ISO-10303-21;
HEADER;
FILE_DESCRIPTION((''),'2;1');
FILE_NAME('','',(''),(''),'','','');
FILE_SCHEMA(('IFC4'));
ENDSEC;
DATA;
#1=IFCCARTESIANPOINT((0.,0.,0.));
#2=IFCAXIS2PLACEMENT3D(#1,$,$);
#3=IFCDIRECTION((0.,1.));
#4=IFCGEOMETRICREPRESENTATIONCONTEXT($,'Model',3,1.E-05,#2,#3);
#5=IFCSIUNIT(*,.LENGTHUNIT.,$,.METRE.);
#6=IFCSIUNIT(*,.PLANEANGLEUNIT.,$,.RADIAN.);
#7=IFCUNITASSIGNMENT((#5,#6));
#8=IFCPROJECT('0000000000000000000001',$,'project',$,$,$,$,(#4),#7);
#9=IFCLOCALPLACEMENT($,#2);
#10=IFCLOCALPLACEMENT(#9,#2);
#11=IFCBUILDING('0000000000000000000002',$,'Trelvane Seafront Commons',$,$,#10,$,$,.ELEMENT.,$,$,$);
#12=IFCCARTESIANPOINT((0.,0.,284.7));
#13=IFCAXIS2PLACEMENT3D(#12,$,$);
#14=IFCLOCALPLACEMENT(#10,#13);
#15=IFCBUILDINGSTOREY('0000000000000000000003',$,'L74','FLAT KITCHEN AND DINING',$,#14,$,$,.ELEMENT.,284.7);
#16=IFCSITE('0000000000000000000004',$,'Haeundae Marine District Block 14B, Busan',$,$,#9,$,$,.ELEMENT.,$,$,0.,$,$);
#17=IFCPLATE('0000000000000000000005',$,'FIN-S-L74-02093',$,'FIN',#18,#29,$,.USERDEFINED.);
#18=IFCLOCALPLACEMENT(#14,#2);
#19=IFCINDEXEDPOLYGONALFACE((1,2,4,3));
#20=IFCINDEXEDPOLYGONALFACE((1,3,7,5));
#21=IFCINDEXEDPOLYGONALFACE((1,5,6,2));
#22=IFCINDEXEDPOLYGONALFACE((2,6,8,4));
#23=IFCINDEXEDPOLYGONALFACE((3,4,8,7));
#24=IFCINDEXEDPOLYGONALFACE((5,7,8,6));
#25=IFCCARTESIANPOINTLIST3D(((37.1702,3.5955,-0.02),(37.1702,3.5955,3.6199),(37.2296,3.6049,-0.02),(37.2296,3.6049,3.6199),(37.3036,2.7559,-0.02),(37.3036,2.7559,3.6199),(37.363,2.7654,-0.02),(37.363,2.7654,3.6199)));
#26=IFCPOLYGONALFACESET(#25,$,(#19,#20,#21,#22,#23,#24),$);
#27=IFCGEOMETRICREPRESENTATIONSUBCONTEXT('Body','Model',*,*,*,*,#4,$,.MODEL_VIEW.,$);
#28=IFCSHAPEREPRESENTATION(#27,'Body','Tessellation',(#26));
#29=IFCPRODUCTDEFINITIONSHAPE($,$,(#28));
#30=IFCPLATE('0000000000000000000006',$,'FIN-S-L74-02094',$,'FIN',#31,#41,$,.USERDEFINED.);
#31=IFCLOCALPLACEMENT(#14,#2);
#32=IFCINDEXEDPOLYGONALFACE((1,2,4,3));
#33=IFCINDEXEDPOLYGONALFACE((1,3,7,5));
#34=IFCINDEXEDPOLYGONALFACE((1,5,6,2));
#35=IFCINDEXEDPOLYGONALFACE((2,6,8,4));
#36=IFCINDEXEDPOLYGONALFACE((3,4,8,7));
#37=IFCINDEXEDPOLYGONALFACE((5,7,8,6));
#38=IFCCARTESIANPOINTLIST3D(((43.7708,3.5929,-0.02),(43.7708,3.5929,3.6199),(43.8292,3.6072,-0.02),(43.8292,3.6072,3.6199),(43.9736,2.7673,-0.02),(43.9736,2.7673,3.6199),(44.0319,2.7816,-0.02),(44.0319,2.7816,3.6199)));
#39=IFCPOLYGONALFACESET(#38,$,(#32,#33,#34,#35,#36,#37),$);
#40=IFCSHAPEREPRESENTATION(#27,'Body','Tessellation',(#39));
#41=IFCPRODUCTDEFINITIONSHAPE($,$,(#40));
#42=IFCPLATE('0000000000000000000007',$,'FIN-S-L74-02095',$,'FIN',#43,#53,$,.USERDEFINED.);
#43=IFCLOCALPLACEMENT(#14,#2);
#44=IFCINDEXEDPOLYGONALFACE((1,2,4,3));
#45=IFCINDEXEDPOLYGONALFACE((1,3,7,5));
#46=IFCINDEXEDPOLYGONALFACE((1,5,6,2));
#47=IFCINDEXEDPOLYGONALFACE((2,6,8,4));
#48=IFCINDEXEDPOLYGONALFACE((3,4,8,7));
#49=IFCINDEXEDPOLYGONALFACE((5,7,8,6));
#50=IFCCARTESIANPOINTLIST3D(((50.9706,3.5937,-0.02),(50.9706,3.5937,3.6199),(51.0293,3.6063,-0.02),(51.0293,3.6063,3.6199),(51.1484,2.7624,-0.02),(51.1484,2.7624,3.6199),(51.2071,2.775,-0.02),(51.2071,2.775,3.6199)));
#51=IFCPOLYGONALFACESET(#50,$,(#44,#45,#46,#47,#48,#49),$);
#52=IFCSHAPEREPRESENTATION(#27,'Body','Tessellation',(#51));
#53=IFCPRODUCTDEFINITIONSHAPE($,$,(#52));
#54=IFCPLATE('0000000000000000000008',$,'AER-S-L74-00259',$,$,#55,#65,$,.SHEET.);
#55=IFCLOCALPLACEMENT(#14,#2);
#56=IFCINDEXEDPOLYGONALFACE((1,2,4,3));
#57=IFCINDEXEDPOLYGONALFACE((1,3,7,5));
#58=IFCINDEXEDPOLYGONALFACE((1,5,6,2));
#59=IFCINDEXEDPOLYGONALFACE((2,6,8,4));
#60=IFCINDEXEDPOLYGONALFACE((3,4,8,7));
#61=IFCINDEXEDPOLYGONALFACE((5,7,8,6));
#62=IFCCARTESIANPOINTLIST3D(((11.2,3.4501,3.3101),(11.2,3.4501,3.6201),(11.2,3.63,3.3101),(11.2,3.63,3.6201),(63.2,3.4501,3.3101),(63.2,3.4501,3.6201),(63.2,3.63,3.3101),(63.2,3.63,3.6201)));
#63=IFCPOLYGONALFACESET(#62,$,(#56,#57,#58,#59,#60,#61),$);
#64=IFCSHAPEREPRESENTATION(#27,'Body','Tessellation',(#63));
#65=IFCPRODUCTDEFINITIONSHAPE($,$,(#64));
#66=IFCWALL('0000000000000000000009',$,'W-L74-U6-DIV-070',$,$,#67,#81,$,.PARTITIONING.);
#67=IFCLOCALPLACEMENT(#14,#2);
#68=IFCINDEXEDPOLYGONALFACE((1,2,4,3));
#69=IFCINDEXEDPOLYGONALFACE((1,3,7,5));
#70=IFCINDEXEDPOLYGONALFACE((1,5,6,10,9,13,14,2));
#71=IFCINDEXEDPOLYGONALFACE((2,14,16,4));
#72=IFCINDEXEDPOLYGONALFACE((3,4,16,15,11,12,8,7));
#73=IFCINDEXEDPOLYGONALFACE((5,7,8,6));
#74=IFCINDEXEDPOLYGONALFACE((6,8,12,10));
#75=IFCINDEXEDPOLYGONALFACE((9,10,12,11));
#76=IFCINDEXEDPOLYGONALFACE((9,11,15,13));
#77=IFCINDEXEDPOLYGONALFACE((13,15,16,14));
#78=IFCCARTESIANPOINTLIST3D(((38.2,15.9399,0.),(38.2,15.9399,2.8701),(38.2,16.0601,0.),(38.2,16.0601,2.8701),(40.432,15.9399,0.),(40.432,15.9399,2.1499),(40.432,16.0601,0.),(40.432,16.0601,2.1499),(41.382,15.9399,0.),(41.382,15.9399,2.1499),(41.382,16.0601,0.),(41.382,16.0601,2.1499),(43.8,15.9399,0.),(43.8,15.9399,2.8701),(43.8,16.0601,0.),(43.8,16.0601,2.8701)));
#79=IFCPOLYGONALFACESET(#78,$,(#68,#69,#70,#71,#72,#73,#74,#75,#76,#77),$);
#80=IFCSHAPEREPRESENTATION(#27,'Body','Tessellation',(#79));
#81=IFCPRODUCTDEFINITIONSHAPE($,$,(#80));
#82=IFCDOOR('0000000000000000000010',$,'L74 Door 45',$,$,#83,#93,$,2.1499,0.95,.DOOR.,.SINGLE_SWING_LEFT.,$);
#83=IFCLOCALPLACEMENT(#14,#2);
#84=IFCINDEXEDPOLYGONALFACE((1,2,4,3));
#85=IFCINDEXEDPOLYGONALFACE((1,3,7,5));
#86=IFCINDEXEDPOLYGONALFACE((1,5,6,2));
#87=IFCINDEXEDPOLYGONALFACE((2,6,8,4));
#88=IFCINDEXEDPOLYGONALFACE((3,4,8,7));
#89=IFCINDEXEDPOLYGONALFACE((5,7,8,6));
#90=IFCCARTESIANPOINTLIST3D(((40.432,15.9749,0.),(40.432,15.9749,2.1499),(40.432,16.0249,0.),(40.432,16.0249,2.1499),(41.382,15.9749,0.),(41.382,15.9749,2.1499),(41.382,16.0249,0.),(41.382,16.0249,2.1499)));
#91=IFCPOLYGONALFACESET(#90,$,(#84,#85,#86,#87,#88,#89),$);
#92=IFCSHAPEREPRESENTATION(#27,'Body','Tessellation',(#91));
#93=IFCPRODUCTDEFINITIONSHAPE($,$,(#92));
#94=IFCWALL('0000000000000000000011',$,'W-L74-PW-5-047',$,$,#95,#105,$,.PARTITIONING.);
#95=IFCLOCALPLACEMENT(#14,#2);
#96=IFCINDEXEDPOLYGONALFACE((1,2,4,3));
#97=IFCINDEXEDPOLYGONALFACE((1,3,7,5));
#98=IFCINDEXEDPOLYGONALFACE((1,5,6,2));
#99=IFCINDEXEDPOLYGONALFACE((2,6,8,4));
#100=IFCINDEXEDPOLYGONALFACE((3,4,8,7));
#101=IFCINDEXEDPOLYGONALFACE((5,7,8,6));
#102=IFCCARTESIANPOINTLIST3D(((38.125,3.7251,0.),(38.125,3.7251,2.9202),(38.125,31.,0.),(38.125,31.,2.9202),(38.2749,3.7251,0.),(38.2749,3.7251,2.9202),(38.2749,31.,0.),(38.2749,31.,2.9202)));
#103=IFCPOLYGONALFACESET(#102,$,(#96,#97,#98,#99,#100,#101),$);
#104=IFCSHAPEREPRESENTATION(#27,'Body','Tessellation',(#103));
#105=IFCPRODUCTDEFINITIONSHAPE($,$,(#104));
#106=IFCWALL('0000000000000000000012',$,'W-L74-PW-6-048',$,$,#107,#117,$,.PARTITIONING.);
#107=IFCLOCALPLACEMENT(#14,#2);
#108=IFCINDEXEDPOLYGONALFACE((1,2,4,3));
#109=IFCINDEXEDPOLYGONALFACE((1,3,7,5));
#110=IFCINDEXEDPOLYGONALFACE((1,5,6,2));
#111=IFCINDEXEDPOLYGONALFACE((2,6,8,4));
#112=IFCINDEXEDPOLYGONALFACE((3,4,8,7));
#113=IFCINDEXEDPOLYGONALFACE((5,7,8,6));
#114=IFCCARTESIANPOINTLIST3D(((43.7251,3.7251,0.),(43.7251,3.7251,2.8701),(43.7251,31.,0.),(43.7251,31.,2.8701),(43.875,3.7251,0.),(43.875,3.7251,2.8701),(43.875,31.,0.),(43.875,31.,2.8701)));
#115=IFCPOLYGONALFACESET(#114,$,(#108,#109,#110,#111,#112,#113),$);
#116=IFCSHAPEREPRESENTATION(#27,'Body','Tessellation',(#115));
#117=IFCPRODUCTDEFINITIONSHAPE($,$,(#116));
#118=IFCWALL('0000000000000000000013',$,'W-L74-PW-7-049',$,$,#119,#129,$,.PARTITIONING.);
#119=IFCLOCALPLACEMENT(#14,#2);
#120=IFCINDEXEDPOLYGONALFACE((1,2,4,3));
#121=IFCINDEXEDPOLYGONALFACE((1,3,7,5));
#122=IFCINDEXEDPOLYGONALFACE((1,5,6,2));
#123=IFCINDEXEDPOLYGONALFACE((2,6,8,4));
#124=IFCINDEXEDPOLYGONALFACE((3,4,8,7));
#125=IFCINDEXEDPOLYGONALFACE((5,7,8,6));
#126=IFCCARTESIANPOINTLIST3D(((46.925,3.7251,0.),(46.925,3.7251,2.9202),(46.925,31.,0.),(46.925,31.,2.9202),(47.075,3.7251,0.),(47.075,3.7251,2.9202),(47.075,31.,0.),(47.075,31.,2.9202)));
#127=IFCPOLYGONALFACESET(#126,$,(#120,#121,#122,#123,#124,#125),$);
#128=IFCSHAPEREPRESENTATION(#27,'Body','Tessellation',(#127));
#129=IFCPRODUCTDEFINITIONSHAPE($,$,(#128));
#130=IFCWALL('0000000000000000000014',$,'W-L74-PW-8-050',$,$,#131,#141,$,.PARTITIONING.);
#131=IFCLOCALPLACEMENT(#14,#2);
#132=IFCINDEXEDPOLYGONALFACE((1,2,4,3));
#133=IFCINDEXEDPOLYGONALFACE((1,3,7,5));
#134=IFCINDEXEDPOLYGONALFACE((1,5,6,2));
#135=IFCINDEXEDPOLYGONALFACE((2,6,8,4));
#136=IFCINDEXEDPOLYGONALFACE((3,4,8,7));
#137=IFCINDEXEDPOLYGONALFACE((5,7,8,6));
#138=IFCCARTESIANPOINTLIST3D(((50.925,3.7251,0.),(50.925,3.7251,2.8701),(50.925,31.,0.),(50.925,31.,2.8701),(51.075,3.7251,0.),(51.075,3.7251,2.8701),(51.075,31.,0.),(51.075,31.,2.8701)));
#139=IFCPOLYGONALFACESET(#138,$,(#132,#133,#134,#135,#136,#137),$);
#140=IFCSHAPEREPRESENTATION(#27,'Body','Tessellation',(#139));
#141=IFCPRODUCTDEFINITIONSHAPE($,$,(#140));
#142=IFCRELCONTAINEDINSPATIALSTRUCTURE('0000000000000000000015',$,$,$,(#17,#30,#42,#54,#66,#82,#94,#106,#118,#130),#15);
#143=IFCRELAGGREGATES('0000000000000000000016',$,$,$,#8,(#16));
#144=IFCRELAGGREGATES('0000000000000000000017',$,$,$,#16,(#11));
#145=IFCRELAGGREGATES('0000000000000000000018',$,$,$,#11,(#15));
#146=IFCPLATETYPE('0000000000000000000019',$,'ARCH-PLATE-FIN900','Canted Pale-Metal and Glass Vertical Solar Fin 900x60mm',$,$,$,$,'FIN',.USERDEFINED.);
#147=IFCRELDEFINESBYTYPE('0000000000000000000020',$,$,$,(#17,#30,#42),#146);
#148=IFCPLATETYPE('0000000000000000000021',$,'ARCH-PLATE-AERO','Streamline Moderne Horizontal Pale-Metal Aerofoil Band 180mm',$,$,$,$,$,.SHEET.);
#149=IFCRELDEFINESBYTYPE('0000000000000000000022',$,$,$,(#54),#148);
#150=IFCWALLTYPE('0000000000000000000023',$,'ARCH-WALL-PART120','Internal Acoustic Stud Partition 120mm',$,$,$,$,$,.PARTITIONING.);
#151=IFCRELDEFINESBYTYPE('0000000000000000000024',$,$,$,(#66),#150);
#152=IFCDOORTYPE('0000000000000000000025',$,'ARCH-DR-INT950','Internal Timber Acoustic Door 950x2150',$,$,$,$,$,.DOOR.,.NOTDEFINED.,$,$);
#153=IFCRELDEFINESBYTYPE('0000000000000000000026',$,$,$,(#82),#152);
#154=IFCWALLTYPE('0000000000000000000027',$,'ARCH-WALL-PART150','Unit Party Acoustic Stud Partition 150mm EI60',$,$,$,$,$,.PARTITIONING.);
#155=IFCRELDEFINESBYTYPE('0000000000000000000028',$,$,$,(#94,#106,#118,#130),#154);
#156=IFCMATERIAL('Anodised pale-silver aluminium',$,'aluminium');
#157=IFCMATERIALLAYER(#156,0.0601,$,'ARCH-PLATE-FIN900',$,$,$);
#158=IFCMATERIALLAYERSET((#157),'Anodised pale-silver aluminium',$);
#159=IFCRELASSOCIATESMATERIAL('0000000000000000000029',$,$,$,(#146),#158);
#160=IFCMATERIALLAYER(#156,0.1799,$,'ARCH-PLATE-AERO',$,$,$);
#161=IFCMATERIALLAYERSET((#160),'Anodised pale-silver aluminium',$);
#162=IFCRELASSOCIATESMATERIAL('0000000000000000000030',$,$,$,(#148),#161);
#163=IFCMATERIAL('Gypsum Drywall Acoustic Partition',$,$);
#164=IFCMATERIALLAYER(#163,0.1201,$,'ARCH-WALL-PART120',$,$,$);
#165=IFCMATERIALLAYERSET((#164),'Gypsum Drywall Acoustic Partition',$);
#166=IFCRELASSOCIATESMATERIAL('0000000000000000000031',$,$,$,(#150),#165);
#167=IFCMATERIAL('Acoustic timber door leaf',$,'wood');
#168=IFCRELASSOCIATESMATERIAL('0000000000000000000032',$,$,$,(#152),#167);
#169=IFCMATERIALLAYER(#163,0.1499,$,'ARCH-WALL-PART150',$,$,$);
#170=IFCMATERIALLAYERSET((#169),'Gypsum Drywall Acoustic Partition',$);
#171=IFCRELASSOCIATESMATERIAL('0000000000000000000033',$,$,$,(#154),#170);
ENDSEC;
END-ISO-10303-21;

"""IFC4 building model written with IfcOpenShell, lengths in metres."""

from ifc_helpers import new_model, si_unit, direction, frame, frame_2d, origin, origin_2d, place, context, subcontext, project, spatial, rectangle, extrude, source, transform, mapped, material, layer, layer_set, type_object, element, fill, save


model = new_model("IFC4")

# Units and contexts
model_context = context("Model", 3, precision=1e-05, world=origin(), true_north=direction((0.0, 1.0)))
body_context = subcontext(model_context, "Body", "Model", "MODEL_VIEW")
ifc_project = project(units=[si_unit("LENGTHUNIT", "METRE"), si_unit("PLANEANGLEUNIT", "RADIAN")], contexts=[model_context])

# Site, building, storey
site_placement = place(None, origin())
site = spatial("IfcSite", under=ifc_project, at=site_placement, Name="Haeundae Marine District Block 14B, Busan", CompositionType="ELEMENT", RefElevation=0.0)
building_placement = place(site_placement, origin())
building = spatial("IfcBuilding", under=site, at=building_placement, Name="Trelvane Seafront Commons", CompositionType="ELEMENT")
storey_placement = place(building_placement, frame((0.0, 0.0, 284.7)))
storey = spatial("IfcBuildingStorey", under=building, at=storey_placement, Name="L74", Description="FLAT KITCHEN AND DINING", CompositionType="ELEMENT", Elevation=284.7)

# Plates
ifc_material_1 = material(Name="Anodised pale-silver aluminium", Category="aluminium")
ifc_layer_1 = layer(ifc_material_1, 0.0601, Name="ARCH-PLATE-FIN900")
ifc_layer_set_1 = layer_set([ifc_layer_1], Name="Anodised pale-silver aluminium")
plate_type_1 = type_object("IfcPlateType", Name="ARCH-PLATE-FIN900", Description="Canted Pale-Metal and Glass Vertical Solar Fin 900x60mm", ElementType="FIN", PredefinedType="USERDEFINED", material=ifc_layer_set_1)
shared_shape_1 = source(origin(), body_context, "Body", "SweptSolid", [
    extrude(rectangle(XDim=0.8501, YDim=0.0601, at=origin_2d()), origin(), (0.0, 0.0, 1.0), 3.6399),
])
for number, where, z_axis, x_axis, name in (
    (1, (37.2666, 3.1804, -0.02), (0.0, 0.0, 1.0), (0.156934, -0.987609, 0.0), "FIN-S-L74-02093"),
    (2, (43.9014, 3.1873, -0.02), (0.0, 0.0, 1.0), (0.238464, -0.971151, 0.0), "FIN-S-L74-02094"),
    (3, (51.0889, 3.1843, -0.02), (0.0, 0.0, 1.0), (0.209175, -0.977878, 0.0), "FIN-S-L74-02095"),
):
    element("IfcPlate", number, at=place(storey_placement, frame(where, z_axis=z_axis, x_axis=x_axis)), inside=storey, type_object=plate_type_1, Name=name, ObjectType="FIN", PredefinedType="USERDEFINED", context=body_context, shape_type="MappedRepresentation", body=[
        mapped(shared_shape_1, transform((0.0, 0.0, 0.0), x_axis=(1.0, 0.0, 0.0), y_axis=(0.0, 1.0, 0.0), z_axis=(0.0, 0.0, 1.0), scale=1.0)),
    ])
ifc_layer_2 = layer(ifc_material_1, 0.1799, Name="ARCH-PLATE-AERO")
ifc_layer_set_2 = layer_set([ifc_layer_2], Name="Anodised pale-silver aluminium")
plate_type_2 = type_object("IfcPlateType", Name="ARCH-PLATE-AERO", Description="Streamline Moderne Horizontal Pale-Metal Aerofoil Band 180mm", PredefinedType="SHEET", material=ifc_layer_set_2)
shared_shape_2 = source(origin(), body_context, "Body", "SweptSolid", [
    extrude(rectangle(XDim=52.0, YDim=0.1799, at=origin_2d()), origin(), (0.0, 0.0, 1.0), 0.3101),
])
plate_placement = place(storey_placement, frame((37.2, 3.54, 3.3101), z_axis=(0.0, 0.0, 1.0), x_axis=(-1.0, 0.0, 0.0)))
element("IfcPlate", 4, at=plate_placement, inside=storey, type_object=plate_type_2, Name="AER-S-L74-00259", PredefinedType="SHEET", context=body_context, shape_type="MappedRepresentation", body=[
    mapped(shared_shape_2, transform((0.0, 0.0, 0.0), x_axis=(1.0, 0.0, 0.0), y_axis=(0.0, 1.0, 0.0), z_axis=(0.0, 0.0, 1.0), scale=1.0)),
])

# Wall, opening, door
ifc_material_2 = material(Name="Gypsum Drywall Acoustic Partition")
ifc_layer_3 = layer(ifc_material_2, 0.1201, Name="ARCH-WALL-PART120")
ifc_layer_set_3 = layer_set([ifc_layer_3], Name="Gypsum Drywall Acoustic Partition")
wall_type_1 = type_object("IfcWallType", Name="ARCH-WALL-PART120", Description="Internal Acoustic Stud Partition 120mm", PredefinedType="PARTITIONING", material=ifc_layer_set_3)
wall_1_placement = place(storey_placement, frame((38.2, 16.0, 0.0), z_axis=(0.0, 0.0, 1.0), x_axis=(1.0, 0.0, 0.0)))
wall_1 = element("IfcWall", 5, at=wall_1_placement, inside=storey, type_object=wall_type_1, Name="W-L74-U6-DIV-070", PredefinedType="PARTITIONING", context=body_context, shape_type="SweptSolid", body=[
    extrude(rectangle(XDim=5.6001, YDim=0.1201, at=frame_2d((2.8, 0.0))), origin(), (0.0, 0.0, 1.0), 2.8701),
])
opening_1_placement = place(wall_1_placement, frame((2.2319, 0.0, 0.0)))
opening_1 = element("IfcOpeningElement", 6, at=opening_1_placement, cuts=wall_1, PredefinedType="OPENING", context=body_context, shape_type="SweptSolid", body=[
    extrude(rectangle(XDim=0.95, YDim=2.1499, at=frame_2d((0.4751, 1.075))), frame((0.0, 0.0701, 0.0), z_axis=(0.0, -1.0, 0.0), x_axis=(1.0, 0.0, 0.0)), (0.0, 0.0, 1.0), 0.1401),
])
ifc_material_3 = material(Name="Acoustic timber door leaf", Category="wood")
door_type = type_object("IfcDoorType", Name="ARCH-DR-INT950", Description="Internal Timber Acoustic Door 950x2150", OperationType="NOTDEFINED", PredefinedType="DOOR", material=ifc_material_3)
shared_shape_3 = source(origin(), body_context, "Body", "SweptSolid", [
    extrude(rectangle(XDim=0.95, YDim=2.1499, at=frame_2d((0.4751, 1.075))), frame((0.0, 0.0249, 0.0), z_axis=(0.0, -1.0, 0.0), x_axis=(1.0, 0.0, 0.0)), (0.0, 0.0, 1.0), 0.05),
])
door_1_placement = place(opening_1_placement, origin())
door_1 = element("IfcDoor", 7, at=door_1_placement, inside=storey, type_object=door_type, Name="L74 Door 45", OperationType="SINGLE_SWING_LEFT", OverallHeight=2.1499, OverallWidth=0.95, PredefinedType="DOOR", context=body_context, shape_type="MappedRepresentation", body=[
    mapped(shared_shape_3, transform((0.0, 0.0, 0.0), x_axis=(1.0, 0.0, 0.0), y_axis=(0.0, 1.0, 0.0), z_axis=(0.0, 0.0, 1.0), scale=1.0)),
])
fill(opening_1, door_1)

# Walls
ifc_layer_4 = layer(ifc_material_2, 0.1499, Name="ARCH-WALL-PART150")
ifc_layer_set_4 = layer_set([ifc_layer_4], Name="Gypsum Drywall Acoustic Partition")
wall_type_2 = type_object("IfcWallType", Name="ARCH-WALL-PART150", Description="Unit Party Acoustic Stud Partition 150mm EI60", PredefinedType="PARTITIONING", material=ifc_layer_set_4)
wall_2_placement = place(storey_placement, frame((38.2, 3.7251, 0.0), z_axis=(0.0, 0.0, 1.0), x_axis=(0.0, 1.0, 0.0)))
element("IfcWall", 8, at=wall_2_placement, inside=storey, type_object=wall_type_2, Name="W-L74-PW-5-047", PredefinedType="PARTITIONING", context=body_context, shape_type="SweptSolid", body=[
    extrude(rectangle(XDim=27.2749, YDim=0.1499, at=frame_2d((13.6375, 0.0))), origin(), (0.0, 0.0, 1.0), 2.9202),
])
wall_3_placement = place(storey_placement, frame((43.8, 3.7251, 0.0), z_axis=(0.0, 0.0, 1.0), x_axis=(0.0, 1.0, 0.0)))
element("IfcWall", 9, at=wall_3_placement, inside=storey, type_object=wall_type_2, Name="W-L74-PW-6-048", PredefinedType="PARTITIONING", context=body_context, shape_type="SweptSolid", body=[
    extrude(rectangle(XDim=27.2749, YDim=0.1499, at=frame_2d((13.6375, 0.0))), origin(), (0.0, 0.0, 1.0), 2.8701),
])
wall_4_placement = place(storey_placement, frame((47.0, 3.7251, 0.0), z_axis=(0.0, 0.0, 1.0), x_axis=(0.0, 1.0, 0.0)))
element("IfcWall", 10, at=wall_4_placement, inside=storey, type_object=wall_type_2, Name="W-L74-PW-7-049", PredefinedType="PARTITIONING", context=body_context, shape_type="SweptSolid", body=[
    extrude(rectangle(XDim=27.2749, YDim=0.1499, at=frame_2d((13.6375, 0.0))), origin(), (0.0, 0.0, 1.0), 2.9202),
])
wall_5_placement = place(storey_placement, frame((51.0, 3.7251, 0.0), z_axis=(0.0, 0.0, 1.0), x_axis=(0.0, 1.0, 0.0)))
element("IfcWall", 11, at=wall_5_placement, inside=storey, type_object=wall_type_2, Name="W-L74-PW-8-050", PredefinedType="PARTITIONING", context=body_context, shape_type="SweptSolid", body=[
    extrude(rectangle(XDim=27.2749, YDim=0.1499, at=frame_2d((13.6375, 0.0))), origin(), (0.0, 0.0, 1.0), 2.8701),
])

save(model, "model.ifc")
